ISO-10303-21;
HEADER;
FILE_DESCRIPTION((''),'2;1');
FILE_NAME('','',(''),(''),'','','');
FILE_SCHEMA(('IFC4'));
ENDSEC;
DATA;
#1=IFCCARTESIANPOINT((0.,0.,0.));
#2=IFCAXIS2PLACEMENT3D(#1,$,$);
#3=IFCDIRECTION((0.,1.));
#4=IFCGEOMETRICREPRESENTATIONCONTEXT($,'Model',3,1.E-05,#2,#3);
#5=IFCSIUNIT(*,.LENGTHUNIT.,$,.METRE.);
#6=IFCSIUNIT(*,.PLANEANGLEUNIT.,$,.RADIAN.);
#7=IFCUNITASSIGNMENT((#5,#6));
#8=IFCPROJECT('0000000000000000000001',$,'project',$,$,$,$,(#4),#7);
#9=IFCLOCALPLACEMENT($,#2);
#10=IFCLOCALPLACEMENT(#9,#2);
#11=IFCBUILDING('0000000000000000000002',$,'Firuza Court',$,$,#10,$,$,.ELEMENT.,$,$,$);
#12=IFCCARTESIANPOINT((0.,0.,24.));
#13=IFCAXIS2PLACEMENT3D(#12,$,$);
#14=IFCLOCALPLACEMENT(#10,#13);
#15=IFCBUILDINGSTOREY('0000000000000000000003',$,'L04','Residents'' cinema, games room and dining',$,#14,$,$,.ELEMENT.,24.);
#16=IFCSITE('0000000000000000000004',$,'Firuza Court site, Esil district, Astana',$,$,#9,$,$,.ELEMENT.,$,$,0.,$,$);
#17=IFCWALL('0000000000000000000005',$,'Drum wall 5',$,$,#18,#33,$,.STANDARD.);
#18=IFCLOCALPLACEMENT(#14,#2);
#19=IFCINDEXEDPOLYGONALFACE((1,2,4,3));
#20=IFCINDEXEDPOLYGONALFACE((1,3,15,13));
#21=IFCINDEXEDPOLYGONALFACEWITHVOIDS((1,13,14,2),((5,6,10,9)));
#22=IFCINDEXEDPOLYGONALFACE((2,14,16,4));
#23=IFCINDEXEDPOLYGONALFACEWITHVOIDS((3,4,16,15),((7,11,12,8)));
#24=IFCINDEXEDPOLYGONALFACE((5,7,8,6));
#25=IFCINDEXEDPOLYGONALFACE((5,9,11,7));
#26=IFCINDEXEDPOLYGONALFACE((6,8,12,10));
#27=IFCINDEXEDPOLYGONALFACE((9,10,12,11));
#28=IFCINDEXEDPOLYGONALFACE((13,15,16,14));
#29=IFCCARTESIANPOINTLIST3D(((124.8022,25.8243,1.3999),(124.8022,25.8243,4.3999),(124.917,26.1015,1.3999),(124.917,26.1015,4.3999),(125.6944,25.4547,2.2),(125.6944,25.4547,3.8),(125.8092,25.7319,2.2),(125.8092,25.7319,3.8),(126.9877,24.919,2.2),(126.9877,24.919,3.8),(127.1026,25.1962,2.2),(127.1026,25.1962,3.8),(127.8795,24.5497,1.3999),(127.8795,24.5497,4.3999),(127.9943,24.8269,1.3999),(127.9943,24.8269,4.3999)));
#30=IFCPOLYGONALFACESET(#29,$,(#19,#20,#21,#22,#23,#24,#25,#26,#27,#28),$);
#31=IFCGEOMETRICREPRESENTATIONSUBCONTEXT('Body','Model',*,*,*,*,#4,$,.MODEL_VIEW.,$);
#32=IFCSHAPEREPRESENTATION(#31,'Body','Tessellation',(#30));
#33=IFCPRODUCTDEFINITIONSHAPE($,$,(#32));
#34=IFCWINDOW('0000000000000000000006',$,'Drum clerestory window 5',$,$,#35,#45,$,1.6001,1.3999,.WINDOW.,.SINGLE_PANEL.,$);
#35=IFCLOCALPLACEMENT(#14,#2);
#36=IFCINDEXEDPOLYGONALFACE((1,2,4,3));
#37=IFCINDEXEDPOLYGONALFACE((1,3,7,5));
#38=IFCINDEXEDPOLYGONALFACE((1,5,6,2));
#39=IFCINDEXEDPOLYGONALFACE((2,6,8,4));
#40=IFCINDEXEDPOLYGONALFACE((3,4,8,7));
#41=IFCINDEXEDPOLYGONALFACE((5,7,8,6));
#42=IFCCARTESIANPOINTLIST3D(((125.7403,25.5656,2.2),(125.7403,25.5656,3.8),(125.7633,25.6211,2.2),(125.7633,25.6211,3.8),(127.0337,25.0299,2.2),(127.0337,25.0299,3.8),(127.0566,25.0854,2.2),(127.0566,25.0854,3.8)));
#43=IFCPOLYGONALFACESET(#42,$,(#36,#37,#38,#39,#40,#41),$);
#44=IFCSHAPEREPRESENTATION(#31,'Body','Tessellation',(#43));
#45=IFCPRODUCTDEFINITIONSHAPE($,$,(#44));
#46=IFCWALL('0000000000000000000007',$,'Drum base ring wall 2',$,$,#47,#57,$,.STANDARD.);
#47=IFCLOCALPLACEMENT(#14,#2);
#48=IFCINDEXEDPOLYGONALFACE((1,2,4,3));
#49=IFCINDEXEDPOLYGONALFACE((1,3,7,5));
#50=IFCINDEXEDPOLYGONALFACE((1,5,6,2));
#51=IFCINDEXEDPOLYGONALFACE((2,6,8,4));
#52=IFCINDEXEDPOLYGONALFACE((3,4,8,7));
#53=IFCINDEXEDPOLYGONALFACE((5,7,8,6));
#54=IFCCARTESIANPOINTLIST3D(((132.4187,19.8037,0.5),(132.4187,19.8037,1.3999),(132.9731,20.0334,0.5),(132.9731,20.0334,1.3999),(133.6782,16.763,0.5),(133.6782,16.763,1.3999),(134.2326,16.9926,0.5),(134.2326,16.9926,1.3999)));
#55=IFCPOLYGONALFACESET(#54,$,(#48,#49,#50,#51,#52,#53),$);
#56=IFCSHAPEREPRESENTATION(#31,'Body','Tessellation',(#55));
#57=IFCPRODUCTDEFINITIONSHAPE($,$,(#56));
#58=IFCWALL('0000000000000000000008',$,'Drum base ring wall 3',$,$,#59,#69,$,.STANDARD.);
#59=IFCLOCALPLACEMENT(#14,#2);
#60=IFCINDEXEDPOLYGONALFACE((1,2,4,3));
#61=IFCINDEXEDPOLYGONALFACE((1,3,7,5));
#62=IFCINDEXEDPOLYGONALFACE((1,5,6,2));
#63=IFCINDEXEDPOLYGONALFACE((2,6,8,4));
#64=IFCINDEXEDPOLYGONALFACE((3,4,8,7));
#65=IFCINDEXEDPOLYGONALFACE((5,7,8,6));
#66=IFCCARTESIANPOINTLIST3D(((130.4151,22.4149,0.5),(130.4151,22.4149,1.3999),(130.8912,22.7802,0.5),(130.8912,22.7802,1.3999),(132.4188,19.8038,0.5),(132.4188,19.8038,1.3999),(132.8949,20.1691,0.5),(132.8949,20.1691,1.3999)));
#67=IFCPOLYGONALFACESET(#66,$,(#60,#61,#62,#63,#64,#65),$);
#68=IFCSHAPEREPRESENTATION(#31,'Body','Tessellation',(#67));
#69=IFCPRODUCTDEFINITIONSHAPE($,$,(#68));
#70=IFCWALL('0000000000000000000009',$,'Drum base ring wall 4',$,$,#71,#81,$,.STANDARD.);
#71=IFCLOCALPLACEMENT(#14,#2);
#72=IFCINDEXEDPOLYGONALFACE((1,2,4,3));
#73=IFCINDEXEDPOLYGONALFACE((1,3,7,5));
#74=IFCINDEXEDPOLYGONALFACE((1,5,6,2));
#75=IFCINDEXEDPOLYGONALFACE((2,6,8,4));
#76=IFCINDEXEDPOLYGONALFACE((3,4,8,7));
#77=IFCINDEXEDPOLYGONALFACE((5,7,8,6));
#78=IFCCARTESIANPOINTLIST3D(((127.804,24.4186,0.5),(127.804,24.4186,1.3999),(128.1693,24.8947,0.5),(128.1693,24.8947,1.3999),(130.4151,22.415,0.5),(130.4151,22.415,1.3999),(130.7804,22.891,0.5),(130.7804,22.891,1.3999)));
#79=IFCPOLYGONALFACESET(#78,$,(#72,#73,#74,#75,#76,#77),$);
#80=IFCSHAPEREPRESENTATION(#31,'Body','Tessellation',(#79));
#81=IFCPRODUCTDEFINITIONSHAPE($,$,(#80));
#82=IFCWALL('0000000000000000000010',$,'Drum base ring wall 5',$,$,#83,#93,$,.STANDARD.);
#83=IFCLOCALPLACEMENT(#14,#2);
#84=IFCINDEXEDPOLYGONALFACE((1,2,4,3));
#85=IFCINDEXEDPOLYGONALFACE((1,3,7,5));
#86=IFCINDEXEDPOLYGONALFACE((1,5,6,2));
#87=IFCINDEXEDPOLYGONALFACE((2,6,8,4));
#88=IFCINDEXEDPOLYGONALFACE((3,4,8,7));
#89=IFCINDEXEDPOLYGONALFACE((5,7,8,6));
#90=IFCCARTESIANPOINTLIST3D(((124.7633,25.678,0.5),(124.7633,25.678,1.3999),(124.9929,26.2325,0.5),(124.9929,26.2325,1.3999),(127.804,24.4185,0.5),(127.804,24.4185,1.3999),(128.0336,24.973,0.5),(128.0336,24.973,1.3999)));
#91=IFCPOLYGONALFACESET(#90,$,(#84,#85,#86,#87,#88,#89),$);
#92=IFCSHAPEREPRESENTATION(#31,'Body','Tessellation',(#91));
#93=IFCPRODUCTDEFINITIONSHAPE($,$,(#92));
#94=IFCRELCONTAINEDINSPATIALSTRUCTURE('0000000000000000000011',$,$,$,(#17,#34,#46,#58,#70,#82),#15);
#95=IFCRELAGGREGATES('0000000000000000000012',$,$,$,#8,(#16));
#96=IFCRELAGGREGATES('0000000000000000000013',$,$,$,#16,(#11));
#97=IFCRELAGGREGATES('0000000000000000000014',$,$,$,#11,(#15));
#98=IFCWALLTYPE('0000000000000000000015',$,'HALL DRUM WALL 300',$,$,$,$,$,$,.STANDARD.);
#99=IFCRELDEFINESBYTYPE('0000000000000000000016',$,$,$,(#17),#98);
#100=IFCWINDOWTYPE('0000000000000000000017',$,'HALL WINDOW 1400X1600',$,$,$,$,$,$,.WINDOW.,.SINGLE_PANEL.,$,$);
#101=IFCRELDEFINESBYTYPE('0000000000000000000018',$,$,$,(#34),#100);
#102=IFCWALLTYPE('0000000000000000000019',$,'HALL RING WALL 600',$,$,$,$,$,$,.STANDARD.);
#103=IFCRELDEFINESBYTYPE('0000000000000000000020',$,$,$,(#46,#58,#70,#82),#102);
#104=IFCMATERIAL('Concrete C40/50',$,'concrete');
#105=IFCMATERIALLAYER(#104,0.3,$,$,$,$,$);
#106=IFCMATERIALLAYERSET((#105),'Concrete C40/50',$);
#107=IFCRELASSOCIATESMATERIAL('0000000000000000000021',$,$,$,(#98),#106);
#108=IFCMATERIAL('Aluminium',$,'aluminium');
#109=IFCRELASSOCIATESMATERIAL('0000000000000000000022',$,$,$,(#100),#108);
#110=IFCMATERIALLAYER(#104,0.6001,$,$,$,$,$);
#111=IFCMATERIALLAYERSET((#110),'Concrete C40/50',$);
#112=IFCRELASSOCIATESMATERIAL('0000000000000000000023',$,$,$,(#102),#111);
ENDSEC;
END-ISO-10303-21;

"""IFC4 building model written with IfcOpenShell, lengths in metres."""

from ifc_helpers import new_model, si_unit, direction, frame, frame_2d, origin, place, context, subcontext, project, spatial, rectangle, extrude, material, layer, layer_set, type_object, element, fill, save


model = new_model("IFC4")

# Units and contexts
model_context = context("Model", 3, precision=1e-05, world=origin(), true_north=direction((0.0, 1.0)))
body_context = subcontext(model_context, "Body", "Model", "MODEL_VIEW")
ifc_project = project(units=[si_unit("LENGTHUNIT", "METRE"), si_unit("PLANEANGLEUNIT", "RADIAN")], contexts=[model_context])

# Site, building, storey
site_placement = place(None, origin())
site = spatial("IfcSite", under=ifc_project, at=site_placement, Name="Firuza Court site, Esil district, Astana", CompositionType="ELEMENT", RefElevation=0.0)
building_placement = place(site_placement, origin())
building = spatial("IfcBuilding", under=site, at=building_placement, Name="Firuza Court", CompositionType="ELEMENT")
storey_placement = place(building_placement, frame((0.0, 0.0, 24.0)))
storey = spatial("IfcBuildingStorey", under=building, at=storey_placement, Name="L04", Description="Residents' cinema, games room and dining", CompositionType="ELEMENT", Elevation=24.0)

# Wall, opening, window
ifc_material_1 = material(Name="Concrete C40/50", Category="concrete")
ifc_layer_1 = layer(ifc_material_1, 0.3)
ifc_layer_set_1 = layer_set([ifc_layer_1], Name="Concrete C40/50")
wall_type_1 = type_object("IfcWallType", Name="HALL DRUM WALL 300", PredefinedType="STANDARD", material=ifc_layer_set_1)
ifc_material_2 = material(Name="Aluminium", Category="aluminium")
window_type = type_object("IfcWindowType", Name="HALL WINDOW 1400X1600", PartitioningType="SINGLE_PANEL", PredefinedType="WINDOW", material=ifc_material_2)
wall_1_placement = place(storey_placement, frame((127.937, 24.6882, 1.3999), z_axis=(0.0, 0.0, 1.0), x_axis=(-0.923884, 0.382673, 0.0)))
wall_1 = element("IfcWall", 1, at=wall_1_placement, inside=storey, type_object=wall_type_1, Name="Drum wall 5", PredefinedType="STANDARD", context=body_context, shape_type="SweptSolid", body=[
    extrude(rectangle(XDim=3.3308, YDim=0.3, at=frame_2d((1.6655, 0.0))), origin(), (0.0, 0.0, 1.0), 3.0),
])
opening_1_placement = place(wall_1_placement, frame((0.9653, 0.0, 0.8)))
opening_1 = element("IfcOpeningElement", 2, at=opening_1_placement, cuts=wall_1, PredefinedType="OPENING", context=body_context, shape_type="SweptSolid", body=[
    extrude(rectangle(XDim=1.3999, YDim=1.6001, at=frame_2d((0.7, 0.8))), frame((0.0, 0.1621, 0.0), z_axis=(0.0, -1.0, 0.0), x_axis=(1.0, 0.0, 0.0)), (0.0, 0.0, 1.0), 0.324),
])
window_1_placement = place(opening_1_placement, origin())
window_1 = element("IfcWindow", 3, at=window_1_placement, inside=storey, type_object=window_type, Name="Drum clerestory window 5", OverallHeight=1.6001, OverallWidth=1.3999, PartitioningType="SINGLE_PANEL", PredefinedType="WINDOW", context=body_context, shape_type="SweptSolid", body=[
    extrude(rectangle(XDim=1.3999, YDim=1.6001, at=frame_2d((0.7, 0.8))), frame((0.0, 0.03, 0.0), z_axis=(0.0, -1.0, 0.0), x_axis=(1.0, 0.0, 0.0)), (0.0, 0.0, 1.0), 0.0601),
])
fill(opening_1, window_1)

# Walls
ifc_layer_2 = layer(ifc_material_1, 0.6001)
ifc_layer_set_2 = layer_set([ifc_layer_2], Name="Concrete C40/50")
wall_type_2 = type_object("IfcWallType", Name="HALL RING WALL 600", PredefinedType="STANDARD", material=ifc_layer_set_2)
for number, where, z_axis, x_axis, name in (
    (4, (133.9553, 16.8779, 0.5), (0.0, 0.0, 1.0), (-0.382682, 0.92388, 0.0), "Drum base ring wall 2"),
    (5, (132.6567, 19.9866, 0.5), (0.0, 0.0, 1.0), (-0.608782, 0.793338, 0.0), "Drum base ring wall 3"),
    (6, (130.5977, 22.6531, 0.5), (0.0, 0.0, 1.0), (-0.793338, 0.608782, 0.0), "Drum base ring wall 4"),
    (7, (127.9187, 24.6958, 0.5), (0.0, 0.0, 1.0), (-0.92388, 0.382682, 0.0), "Drum base ring wall 5"),
):
    element("IfcWall", number, at=place(storey_placement, frame(where, z_axis=z_axis, x_axis=x_axis)), inside=storey, type_object=wall_type_2, Name=name, PredefinedType="STANDARD", context=body_context, shape_type="SweptSolid", body=[
        extrude(rectangle(XDim=3.2913, YDim=0.6001, at=frame_2d((1.6455, 0.0))), origin(), (0.0, 0.0, 1.0), 0.8999),
    ])

save(model, "model.ifc")
